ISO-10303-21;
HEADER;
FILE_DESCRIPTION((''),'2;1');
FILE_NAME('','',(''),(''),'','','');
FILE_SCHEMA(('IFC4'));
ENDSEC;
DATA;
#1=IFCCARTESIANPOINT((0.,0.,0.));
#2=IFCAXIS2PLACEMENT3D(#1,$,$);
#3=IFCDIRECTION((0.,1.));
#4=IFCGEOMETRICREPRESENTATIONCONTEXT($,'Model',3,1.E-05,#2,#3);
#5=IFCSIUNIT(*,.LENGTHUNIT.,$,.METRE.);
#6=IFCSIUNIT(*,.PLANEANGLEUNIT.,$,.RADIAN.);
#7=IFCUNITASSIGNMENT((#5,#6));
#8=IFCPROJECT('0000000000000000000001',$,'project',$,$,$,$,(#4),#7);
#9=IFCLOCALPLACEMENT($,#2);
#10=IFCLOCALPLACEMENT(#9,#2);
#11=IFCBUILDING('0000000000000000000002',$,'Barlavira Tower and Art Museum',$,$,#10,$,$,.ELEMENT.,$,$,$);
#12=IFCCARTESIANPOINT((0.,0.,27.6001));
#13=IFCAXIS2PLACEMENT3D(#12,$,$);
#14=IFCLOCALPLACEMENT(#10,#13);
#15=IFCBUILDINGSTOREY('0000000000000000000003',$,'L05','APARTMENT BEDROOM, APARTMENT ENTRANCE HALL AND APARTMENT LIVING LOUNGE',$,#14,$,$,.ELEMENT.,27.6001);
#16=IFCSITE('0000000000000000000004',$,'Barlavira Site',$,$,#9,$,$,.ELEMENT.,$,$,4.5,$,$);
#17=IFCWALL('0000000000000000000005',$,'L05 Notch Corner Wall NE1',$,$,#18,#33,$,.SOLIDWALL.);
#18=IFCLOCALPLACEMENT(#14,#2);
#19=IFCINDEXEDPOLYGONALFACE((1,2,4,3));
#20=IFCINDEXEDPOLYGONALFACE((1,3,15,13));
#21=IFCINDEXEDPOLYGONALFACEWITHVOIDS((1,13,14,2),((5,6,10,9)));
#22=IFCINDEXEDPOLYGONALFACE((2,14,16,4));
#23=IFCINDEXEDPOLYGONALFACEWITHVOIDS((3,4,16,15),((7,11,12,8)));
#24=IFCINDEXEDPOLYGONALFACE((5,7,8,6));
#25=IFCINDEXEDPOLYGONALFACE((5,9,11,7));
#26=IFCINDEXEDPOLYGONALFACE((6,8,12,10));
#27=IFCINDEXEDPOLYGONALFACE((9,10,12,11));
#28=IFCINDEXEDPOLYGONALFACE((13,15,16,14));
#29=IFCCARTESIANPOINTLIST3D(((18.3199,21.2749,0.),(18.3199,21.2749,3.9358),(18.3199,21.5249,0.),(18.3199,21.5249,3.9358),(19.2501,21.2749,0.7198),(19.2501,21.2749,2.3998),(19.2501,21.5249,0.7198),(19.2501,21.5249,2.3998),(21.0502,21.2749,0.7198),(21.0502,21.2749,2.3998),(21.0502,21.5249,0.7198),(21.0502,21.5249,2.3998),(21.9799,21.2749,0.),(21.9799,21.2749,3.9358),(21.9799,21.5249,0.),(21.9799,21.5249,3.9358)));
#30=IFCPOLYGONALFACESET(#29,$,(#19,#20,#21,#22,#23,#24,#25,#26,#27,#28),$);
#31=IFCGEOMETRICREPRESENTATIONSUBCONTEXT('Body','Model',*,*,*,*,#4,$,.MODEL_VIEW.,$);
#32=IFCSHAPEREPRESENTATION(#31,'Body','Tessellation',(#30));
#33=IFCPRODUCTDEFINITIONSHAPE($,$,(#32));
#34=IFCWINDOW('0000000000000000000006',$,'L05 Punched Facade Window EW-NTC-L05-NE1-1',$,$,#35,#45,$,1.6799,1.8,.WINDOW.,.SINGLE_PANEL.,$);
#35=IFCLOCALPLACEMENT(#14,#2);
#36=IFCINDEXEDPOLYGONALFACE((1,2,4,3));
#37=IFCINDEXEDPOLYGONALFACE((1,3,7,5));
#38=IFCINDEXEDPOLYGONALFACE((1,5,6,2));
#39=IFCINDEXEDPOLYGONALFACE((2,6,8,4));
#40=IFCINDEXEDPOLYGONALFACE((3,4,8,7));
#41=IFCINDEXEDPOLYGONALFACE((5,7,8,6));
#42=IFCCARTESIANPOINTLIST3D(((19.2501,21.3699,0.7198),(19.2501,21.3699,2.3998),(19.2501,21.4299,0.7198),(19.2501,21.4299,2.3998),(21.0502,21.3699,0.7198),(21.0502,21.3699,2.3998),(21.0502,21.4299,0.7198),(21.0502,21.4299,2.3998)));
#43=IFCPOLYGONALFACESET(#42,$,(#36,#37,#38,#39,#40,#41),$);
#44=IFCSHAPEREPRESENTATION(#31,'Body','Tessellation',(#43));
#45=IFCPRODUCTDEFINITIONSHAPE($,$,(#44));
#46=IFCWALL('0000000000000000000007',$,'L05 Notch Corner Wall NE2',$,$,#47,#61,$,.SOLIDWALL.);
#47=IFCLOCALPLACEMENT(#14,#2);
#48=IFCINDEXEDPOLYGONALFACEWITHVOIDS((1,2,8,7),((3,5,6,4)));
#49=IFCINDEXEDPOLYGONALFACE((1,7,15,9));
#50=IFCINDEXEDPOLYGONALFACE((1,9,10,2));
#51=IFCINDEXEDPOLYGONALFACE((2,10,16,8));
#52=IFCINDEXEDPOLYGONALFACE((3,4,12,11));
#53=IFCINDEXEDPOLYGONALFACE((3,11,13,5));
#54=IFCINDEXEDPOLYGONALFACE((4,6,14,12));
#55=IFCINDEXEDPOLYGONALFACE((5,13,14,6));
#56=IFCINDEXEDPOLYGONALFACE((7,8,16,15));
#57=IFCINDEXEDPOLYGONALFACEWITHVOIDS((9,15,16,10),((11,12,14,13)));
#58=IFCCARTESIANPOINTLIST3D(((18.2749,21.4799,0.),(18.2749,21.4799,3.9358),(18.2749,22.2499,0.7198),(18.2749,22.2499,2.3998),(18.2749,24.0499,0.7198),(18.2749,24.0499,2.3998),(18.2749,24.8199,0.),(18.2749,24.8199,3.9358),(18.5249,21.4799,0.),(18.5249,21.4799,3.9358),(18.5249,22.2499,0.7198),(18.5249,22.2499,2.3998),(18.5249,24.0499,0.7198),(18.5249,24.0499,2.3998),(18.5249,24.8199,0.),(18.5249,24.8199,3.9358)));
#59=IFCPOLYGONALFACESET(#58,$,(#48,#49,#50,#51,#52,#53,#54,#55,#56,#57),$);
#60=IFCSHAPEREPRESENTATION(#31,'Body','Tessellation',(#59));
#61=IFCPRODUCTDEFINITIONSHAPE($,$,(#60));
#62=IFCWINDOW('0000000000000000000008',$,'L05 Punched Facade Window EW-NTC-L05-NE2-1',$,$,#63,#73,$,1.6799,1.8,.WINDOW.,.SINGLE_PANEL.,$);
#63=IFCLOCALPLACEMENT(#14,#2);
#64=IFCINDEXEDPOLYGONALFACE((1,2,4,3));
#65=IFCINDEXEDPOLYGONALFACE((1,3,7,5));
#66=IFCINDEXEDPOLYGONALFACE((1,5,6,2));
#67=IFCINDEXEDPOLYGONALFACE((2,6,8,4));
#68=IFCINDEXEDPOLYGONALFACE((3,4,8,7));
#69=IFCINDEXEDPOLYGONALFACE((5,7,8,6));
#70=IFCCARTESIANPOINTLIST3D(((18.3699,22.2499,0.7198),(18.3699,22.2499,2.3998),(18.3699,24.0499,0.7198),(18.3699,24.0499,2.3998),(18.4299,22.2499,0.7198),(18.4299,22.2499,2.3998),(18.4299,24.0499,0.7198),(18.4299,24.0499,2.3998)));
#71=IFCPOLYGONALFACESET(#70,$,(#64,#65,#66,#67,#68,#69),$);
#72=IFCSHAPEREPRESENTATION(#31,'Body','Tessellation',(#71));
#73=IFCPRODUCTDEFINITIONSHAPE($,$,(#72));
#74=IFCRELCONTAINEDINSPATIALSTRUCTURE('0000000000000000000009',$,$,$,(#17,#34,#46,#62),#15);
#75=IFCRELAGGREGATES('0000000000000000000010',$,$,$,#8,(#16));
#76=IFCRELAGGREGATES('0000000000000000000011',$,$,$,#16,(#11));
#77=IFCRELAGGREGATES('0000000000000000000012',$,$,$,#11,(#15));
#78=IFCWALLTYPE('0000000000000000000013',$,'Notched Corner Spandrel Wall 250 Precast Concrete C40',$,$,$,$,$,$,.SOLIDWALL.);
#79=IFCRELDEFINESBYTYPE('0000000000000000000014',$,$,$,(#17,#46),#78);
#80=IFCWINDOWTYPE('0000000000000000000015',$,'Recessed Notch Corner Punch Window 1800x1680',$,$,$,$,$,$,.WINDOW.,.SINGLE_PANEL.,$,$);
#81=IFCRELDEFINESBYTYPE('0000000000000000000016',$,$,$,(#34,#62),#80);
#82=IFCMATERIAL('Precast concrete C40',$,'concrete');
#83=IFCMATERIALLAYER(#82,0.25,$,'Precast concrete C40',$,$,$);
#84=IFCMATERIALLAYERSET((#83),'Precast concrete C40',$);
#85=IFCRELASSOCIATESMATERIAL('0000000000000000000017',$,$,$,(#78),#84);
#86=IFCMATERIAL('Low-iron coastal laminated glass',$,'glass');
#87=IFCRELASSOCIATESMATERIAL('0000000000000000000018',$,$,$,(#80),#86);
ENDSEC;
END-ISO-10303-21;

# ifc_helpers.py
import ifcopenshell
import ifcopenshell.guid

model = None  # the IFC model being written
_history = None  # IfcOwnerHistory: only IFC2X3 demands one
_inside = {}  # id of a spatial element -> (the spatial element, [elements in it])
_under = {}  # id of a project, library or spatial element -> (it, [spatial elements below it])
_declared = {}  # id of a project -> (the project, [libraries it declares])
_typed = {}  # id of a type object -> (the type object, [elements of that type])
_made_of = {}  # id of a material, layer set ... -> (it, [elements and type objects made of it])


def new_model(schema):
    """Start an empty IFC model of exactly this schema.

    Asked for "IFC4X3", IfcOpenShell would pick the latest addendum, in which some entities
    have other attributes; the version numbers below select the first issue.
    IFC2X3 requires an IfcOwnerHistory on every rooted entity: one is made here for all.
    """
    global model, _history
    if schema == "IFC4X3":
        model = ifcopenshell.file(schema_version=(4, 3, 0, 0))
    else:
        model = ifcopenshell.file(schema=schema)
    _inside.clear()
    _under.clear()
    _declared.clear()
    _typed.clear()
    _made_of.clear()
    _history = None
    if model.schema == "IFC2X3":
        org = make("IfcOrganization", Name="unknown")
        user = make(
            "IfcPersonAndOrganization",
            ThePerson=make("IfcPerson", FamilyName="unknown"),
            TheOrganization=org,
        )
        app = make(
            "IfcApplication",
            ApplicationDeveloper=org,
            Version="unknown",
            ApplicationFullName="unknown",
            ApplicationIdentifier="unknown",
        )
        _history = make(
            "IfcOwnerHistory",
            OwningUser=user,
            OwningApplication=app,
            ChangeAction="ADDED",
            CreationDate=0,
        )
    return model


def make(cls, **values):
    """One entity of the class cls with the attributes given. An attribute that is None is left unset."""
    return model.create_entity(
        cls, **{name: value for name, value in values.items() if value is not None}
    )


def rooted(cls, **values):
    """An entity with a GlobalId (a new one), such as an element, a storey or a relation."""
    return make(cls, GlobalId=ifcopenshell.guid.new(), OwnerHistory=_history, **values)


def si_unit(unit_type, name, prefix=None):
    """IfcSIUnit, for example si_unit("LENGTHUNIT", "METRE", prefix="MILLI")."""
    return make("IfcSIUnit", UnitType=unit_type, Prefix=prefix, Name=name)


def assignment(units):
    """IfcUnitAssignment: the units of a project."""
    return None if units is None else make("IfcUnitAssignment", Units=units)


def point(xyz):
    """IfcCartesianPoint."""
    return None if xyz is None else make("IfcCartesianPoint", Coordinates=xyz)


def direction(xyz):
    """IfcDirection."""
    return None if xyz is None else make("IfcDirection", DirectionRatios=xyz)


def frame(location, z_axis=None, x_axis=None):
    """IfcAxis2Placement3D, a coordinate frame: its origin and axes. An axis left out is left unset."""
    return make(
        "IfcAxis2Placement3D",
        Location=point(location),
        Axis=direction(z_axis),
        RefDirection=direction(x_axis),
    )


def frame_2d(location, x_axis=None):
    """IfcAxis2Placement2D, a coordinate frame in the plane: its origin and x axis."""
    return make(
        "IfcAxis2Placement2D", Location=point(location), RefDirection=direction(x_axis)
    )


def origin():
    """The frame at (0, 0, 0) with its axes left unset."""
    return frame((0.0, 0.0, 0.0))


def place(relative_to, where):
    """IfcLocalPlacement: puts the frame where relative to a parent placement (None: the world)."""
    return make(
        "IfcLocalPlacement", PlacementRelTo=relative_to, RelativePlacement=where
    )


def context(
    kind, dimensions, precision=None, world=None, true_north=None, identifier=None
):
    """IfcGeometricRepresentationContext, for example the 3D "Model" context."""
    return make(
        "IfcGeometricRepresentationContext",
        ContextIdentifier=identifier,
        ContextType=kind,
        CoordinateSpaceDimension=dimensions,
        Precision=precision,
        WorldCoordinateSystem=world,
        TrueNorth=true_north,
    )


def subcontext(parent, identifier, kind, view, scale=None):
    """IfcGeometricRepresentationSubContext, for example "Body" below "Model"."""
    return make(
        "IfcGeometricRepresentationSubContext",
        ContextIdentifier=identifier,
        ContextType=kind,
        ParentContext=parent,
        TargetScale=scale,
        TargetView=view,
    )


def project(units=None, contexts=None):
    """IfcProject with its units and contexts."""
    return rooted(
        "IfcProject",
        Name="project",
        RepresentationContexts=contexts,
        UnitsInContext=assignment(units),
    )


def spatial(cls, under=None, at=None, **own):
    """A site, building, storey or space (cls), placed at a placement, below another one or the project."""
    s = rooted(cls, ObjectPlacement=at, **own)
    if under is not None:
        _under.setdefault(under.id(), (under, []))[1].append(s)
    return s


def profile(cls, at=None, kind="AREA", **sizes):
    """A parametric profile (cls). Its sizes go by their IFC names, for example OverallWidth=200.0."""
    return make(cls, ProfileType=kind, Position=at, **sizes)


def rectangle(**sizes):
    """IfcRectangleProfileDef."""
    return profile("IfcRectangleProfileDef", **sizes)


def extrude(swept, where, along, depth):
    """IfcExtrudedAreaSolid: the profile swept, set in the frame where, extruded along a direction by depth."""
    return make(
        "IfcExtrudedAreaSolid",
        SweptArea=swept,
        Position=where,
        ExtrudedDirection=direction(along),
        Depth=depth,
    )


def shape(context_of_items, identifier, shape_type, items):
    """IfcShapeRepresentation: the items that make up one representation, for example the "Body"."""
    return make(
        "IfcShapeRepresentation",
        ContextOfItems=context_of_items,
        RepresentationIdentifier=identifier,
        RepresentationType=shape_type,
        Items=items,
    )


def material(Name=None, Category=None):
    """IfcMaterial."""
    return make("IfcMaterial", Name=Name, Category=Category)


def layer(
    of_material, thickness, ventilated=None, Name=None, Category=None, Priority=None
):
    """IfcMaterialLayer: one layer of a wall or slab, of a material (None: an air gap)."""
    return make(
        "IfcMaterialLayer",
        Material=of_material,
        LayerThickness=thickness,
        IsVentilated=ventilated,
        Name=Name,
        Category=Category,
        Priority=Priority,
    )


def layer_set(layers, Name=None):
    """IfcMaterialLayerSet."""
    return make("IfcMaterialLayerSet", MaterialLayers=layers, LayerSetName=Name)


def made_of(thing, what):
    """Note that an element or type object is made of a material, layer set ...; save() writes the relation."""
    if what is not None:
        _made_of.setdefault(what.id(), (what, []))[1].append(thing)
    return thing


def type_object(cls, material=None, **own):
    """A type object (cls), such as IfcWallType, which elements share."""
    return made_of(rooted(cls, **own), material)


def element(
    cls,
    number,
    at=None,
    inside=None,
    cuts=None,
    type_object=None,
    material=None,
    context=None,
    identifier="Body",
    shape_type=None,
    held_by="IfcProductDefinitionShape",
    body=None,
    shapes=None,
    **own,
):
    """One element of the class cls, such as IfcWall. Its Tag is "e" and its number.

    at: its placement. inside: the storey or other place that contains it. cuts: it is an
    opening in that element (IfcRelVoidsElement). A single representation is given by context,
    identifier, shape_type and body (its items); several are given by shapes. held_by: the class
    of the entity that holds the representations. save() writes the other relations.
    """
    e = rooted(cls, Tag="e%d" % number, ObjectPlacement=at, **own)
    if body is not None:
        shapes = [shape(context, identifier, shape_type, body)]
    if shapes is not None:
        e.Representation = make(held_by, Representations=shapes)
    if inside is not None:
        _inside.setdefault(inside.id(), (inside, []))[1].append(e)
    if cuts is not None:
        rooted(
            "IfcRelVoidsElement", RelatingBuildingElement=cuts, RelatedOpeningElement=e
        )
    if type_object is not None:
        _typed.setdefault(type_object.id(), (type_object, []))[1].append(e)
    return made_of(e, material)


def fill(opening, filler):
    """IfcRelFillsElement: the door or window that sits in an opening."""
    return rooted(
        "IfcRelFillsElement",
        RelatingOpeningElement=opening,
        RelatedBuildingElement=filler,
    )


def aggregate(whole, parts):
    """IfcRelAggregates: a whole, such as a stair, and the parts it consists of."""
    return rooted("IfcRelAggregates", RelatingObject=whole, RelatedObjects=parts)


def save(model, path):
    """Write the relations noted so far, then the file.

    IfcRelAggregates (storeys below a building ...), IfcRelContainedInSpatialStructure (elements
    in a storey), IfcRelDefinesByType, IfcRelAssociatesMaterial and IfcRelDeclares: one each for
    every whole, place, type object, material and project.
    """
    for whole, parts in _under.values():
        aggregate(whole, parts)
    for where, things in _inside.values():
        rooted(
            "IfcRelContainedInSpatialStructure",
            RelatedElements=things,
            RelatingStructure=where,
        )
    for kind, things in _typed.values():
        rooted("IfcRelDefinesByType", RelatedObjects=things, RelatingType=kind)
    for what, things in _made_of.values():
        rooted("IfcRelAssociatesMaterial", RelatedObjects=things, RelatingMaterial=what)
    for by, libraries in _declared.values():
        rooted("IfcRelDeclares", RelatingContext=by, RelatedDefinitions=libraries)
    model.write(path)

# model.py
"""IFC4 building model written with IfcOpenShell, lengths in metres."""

from ifc_helpers import new_model, si_unit, direction, frame, frame_2d, origin, place, context, subcontext, project, spatial, rectangle, extrude, material, layer, layer_set, type_object, element, fill, save


model = new_model("IFC4")

# Units and contexts
model_context = context("Model", 3, precision=1e-05, world=origin(), true_north=direction((0.0, 1.0)))
body_context = subcontext(model_context, "Body", "Model", "MODEL_VIEW")
ifc_project = project(units=[si_unit("LENGTHUNIT", "METRE"), si_unit("PLANEANGLEUNIT", "RADIAN")], contexts=[model_context])

# Site, building, storey
site_placement = place(None, origin())
site = spatial("IfcSite", under=ifc_project, at=site_placement, Name="Barlavira Site", CompositionType="ELEMENT", RefElevation=4.5)
building_placement = place(site_placement, origin())
building = spatial("IfcBuilding", under=site, at=building_placement, Name="Barlavira Tower and Art Museum", CompositionType="ELEMENT")
storey_placement = place(building_placement, frame((0.0, 0.0, 27.6001)))
storey = spatial("IfcBuildingStorey", under=building, at=storey_placement, Name="L05", Description="APARTMENT BEDROOM, APARTMENT ENTRANCE HALL AND APARTMENT LIVING LOUNGE", CompositionType="ELEMENT", Elevation=27.6001)

# Shared definitions
ifc_material_1 = material(Name="Low-iron coastal laminated glass", Category="glass")

# Shared definitions
ifc_material_2 = material(Name="Precast concrete C40", Category="concrete")
ifc_layer_1 = layer(ifc_material_2, 0.25, Name="Precast concrete C40")
ifc_layer_set_1 = layer_set([ifc_layer_1], Name="Precast concrete C40")
wall_type_1 = type_object("IfcWallType", Name="Notched Corner Spandrel Wall 250 Precast Concrete C40", PredefinedType="SOLIDWALL", material=ifc_layer_set_1)
window_type = type_object("IfcWindowType", Name="Recessed Notch Corner Punch Window 1800x1680", PartitioningType="SINGLE_PANEL", PredefinedType="WINDOW", material=ifc_material_1)

# Walls, openings, windows
wall_1_placement = place(storey_placement, frame((21.98, 21.3999, 0.0), z_axis=(0.0, 0.0, 1.0), x_axis=(-1.0, 0.0, 0.0)))
wall_1 = element("IfcWall", 1, at=wall_1_placement, inside=storey, type_object=wall_type_1, Name="L05 Notch Corner Wall NE1", PredefinedType="SOLIDWALL", context=body_context, shape_type="SweptSolid", body=[
    extrude(rectangle(XDim=3.6599, YDim=0.25, at=frame_2d((1.8301, 0.0))), origin(), (0.0, 0.0, 1.0), 3.9358),
])
opening_1_placement = place(wall_1_placement, frame((0.9299, 0.0, 0.72)))
opening_1 = element("IfcOpeningElement", 2, at=opening_1_placement, cuts=wall_1, PredefinedType="OPENING", context=body_context, shape_type="SweptSolid", body=[
    extrude(rectangle(XDim=1.8, YDim=1.6799, at=frame_2d((0.8999, 0.8398))), frame((0.0, 0.135, 0.0), z_axis=(0.0, -1.0, 0.0), x_axis=(1.0, 0.0, 0.0)), (0.0, 0.0, 1.0), 0.27),
])
window_1_placement = place(opening_1_placement, origin())
window_1 = element("IfcWindow", 3, at=window_1_placement, inside=storey, type_object=window_type, Name="L05 Punched Facade Window EW-NTC-L05-NE1-1", OverallHeight=1.6799, OverallWidth=1.8, PartitioningType="SINGLE_PANEL", PredefinedType="WINDOW", context=body_context, shape_type="SweptSolid", body=[
    extrude(rectangle(XDim=1.8, YDim=1.6799, at=frame_2d((0.8999, 0.8398))), frame((0.0, 0.03, 0.0), z_axis=(0.0, -1.0, 0.0), x_axis=(1.0, 0.0, 0.0)), (0.0, 0.0, 1.0), 0.0601),
])
fill(opening_1, window_1)
wall_2_placement = place(storey_placement, frame((18.3999, 21.48, 0.0), z_axis=(0.0, 0.0, 1.0), x_axis=(0.0, 1.0, 0.0)))
wall_2 = element("IfcWall", 4, at=wall_2_placement, inside=storey, type_object=wall_type_1, Name="L05 Notch Corner Wall NE2", PredefinedType="SOLIDWALL", context=body_context, shape_type="SweptSolid", body=[
    extrude(rectangle(XDim=3.3401, YDim=0.25, at=frame_2d((1.6699, 0.0))), origin(), (0.0, 0.0, 1.0), 3.9358),
])
opening_2_placement = place(wall_2_placement, frame((0.77, 0.0, 0.72)))
opening_2 = element("IfcOpeningElement", 5, at=opening_2_placement, cuts=wall_2, PredefinedType="OPENING", context=body_context, shape_type="SweptSolid", body=[
    extrude(rectangle(XDim=1.8, YDim=1.6799, at=frame_2d((0.8999, 0.8398))), frame((0.0, 0.135, 0.0), z_axis=(0.0, -1.0, 0.0), x_axis=(1.0, 0.0, 0.0)), (0.0, 0.0, 1.0), 0.27),
])
window_2_placement = place(opening_2_placement, origin())
window_2 = element("IfcWindow", 6, at=window_2_placement, inside=storey, type_object=window_type, Name="L05 Punched Facade Window EW-NTC-L05-NE2-1", OverallHeight=1.6799, OverallWidth=1.8, PartitioningType="SINGLE_PANEL", PredefinedType="WINDOW", context=body_context, shape_type="SweptSolid", body=[
    extrude(rectangle(XDim=1.8, YDim=1.6799, at=frame_2d((0.8999, 0.8398))), frame((0.0, 0.03, 0.0), z_axis=(0.0, -1.0, 0.0), x_axis=(1.0, 0.0, 0.0)), (0.0, 0.0, 1.0), 0.0601),
])
fill(opening_2, window_2)

save(model, "model.ifc")
